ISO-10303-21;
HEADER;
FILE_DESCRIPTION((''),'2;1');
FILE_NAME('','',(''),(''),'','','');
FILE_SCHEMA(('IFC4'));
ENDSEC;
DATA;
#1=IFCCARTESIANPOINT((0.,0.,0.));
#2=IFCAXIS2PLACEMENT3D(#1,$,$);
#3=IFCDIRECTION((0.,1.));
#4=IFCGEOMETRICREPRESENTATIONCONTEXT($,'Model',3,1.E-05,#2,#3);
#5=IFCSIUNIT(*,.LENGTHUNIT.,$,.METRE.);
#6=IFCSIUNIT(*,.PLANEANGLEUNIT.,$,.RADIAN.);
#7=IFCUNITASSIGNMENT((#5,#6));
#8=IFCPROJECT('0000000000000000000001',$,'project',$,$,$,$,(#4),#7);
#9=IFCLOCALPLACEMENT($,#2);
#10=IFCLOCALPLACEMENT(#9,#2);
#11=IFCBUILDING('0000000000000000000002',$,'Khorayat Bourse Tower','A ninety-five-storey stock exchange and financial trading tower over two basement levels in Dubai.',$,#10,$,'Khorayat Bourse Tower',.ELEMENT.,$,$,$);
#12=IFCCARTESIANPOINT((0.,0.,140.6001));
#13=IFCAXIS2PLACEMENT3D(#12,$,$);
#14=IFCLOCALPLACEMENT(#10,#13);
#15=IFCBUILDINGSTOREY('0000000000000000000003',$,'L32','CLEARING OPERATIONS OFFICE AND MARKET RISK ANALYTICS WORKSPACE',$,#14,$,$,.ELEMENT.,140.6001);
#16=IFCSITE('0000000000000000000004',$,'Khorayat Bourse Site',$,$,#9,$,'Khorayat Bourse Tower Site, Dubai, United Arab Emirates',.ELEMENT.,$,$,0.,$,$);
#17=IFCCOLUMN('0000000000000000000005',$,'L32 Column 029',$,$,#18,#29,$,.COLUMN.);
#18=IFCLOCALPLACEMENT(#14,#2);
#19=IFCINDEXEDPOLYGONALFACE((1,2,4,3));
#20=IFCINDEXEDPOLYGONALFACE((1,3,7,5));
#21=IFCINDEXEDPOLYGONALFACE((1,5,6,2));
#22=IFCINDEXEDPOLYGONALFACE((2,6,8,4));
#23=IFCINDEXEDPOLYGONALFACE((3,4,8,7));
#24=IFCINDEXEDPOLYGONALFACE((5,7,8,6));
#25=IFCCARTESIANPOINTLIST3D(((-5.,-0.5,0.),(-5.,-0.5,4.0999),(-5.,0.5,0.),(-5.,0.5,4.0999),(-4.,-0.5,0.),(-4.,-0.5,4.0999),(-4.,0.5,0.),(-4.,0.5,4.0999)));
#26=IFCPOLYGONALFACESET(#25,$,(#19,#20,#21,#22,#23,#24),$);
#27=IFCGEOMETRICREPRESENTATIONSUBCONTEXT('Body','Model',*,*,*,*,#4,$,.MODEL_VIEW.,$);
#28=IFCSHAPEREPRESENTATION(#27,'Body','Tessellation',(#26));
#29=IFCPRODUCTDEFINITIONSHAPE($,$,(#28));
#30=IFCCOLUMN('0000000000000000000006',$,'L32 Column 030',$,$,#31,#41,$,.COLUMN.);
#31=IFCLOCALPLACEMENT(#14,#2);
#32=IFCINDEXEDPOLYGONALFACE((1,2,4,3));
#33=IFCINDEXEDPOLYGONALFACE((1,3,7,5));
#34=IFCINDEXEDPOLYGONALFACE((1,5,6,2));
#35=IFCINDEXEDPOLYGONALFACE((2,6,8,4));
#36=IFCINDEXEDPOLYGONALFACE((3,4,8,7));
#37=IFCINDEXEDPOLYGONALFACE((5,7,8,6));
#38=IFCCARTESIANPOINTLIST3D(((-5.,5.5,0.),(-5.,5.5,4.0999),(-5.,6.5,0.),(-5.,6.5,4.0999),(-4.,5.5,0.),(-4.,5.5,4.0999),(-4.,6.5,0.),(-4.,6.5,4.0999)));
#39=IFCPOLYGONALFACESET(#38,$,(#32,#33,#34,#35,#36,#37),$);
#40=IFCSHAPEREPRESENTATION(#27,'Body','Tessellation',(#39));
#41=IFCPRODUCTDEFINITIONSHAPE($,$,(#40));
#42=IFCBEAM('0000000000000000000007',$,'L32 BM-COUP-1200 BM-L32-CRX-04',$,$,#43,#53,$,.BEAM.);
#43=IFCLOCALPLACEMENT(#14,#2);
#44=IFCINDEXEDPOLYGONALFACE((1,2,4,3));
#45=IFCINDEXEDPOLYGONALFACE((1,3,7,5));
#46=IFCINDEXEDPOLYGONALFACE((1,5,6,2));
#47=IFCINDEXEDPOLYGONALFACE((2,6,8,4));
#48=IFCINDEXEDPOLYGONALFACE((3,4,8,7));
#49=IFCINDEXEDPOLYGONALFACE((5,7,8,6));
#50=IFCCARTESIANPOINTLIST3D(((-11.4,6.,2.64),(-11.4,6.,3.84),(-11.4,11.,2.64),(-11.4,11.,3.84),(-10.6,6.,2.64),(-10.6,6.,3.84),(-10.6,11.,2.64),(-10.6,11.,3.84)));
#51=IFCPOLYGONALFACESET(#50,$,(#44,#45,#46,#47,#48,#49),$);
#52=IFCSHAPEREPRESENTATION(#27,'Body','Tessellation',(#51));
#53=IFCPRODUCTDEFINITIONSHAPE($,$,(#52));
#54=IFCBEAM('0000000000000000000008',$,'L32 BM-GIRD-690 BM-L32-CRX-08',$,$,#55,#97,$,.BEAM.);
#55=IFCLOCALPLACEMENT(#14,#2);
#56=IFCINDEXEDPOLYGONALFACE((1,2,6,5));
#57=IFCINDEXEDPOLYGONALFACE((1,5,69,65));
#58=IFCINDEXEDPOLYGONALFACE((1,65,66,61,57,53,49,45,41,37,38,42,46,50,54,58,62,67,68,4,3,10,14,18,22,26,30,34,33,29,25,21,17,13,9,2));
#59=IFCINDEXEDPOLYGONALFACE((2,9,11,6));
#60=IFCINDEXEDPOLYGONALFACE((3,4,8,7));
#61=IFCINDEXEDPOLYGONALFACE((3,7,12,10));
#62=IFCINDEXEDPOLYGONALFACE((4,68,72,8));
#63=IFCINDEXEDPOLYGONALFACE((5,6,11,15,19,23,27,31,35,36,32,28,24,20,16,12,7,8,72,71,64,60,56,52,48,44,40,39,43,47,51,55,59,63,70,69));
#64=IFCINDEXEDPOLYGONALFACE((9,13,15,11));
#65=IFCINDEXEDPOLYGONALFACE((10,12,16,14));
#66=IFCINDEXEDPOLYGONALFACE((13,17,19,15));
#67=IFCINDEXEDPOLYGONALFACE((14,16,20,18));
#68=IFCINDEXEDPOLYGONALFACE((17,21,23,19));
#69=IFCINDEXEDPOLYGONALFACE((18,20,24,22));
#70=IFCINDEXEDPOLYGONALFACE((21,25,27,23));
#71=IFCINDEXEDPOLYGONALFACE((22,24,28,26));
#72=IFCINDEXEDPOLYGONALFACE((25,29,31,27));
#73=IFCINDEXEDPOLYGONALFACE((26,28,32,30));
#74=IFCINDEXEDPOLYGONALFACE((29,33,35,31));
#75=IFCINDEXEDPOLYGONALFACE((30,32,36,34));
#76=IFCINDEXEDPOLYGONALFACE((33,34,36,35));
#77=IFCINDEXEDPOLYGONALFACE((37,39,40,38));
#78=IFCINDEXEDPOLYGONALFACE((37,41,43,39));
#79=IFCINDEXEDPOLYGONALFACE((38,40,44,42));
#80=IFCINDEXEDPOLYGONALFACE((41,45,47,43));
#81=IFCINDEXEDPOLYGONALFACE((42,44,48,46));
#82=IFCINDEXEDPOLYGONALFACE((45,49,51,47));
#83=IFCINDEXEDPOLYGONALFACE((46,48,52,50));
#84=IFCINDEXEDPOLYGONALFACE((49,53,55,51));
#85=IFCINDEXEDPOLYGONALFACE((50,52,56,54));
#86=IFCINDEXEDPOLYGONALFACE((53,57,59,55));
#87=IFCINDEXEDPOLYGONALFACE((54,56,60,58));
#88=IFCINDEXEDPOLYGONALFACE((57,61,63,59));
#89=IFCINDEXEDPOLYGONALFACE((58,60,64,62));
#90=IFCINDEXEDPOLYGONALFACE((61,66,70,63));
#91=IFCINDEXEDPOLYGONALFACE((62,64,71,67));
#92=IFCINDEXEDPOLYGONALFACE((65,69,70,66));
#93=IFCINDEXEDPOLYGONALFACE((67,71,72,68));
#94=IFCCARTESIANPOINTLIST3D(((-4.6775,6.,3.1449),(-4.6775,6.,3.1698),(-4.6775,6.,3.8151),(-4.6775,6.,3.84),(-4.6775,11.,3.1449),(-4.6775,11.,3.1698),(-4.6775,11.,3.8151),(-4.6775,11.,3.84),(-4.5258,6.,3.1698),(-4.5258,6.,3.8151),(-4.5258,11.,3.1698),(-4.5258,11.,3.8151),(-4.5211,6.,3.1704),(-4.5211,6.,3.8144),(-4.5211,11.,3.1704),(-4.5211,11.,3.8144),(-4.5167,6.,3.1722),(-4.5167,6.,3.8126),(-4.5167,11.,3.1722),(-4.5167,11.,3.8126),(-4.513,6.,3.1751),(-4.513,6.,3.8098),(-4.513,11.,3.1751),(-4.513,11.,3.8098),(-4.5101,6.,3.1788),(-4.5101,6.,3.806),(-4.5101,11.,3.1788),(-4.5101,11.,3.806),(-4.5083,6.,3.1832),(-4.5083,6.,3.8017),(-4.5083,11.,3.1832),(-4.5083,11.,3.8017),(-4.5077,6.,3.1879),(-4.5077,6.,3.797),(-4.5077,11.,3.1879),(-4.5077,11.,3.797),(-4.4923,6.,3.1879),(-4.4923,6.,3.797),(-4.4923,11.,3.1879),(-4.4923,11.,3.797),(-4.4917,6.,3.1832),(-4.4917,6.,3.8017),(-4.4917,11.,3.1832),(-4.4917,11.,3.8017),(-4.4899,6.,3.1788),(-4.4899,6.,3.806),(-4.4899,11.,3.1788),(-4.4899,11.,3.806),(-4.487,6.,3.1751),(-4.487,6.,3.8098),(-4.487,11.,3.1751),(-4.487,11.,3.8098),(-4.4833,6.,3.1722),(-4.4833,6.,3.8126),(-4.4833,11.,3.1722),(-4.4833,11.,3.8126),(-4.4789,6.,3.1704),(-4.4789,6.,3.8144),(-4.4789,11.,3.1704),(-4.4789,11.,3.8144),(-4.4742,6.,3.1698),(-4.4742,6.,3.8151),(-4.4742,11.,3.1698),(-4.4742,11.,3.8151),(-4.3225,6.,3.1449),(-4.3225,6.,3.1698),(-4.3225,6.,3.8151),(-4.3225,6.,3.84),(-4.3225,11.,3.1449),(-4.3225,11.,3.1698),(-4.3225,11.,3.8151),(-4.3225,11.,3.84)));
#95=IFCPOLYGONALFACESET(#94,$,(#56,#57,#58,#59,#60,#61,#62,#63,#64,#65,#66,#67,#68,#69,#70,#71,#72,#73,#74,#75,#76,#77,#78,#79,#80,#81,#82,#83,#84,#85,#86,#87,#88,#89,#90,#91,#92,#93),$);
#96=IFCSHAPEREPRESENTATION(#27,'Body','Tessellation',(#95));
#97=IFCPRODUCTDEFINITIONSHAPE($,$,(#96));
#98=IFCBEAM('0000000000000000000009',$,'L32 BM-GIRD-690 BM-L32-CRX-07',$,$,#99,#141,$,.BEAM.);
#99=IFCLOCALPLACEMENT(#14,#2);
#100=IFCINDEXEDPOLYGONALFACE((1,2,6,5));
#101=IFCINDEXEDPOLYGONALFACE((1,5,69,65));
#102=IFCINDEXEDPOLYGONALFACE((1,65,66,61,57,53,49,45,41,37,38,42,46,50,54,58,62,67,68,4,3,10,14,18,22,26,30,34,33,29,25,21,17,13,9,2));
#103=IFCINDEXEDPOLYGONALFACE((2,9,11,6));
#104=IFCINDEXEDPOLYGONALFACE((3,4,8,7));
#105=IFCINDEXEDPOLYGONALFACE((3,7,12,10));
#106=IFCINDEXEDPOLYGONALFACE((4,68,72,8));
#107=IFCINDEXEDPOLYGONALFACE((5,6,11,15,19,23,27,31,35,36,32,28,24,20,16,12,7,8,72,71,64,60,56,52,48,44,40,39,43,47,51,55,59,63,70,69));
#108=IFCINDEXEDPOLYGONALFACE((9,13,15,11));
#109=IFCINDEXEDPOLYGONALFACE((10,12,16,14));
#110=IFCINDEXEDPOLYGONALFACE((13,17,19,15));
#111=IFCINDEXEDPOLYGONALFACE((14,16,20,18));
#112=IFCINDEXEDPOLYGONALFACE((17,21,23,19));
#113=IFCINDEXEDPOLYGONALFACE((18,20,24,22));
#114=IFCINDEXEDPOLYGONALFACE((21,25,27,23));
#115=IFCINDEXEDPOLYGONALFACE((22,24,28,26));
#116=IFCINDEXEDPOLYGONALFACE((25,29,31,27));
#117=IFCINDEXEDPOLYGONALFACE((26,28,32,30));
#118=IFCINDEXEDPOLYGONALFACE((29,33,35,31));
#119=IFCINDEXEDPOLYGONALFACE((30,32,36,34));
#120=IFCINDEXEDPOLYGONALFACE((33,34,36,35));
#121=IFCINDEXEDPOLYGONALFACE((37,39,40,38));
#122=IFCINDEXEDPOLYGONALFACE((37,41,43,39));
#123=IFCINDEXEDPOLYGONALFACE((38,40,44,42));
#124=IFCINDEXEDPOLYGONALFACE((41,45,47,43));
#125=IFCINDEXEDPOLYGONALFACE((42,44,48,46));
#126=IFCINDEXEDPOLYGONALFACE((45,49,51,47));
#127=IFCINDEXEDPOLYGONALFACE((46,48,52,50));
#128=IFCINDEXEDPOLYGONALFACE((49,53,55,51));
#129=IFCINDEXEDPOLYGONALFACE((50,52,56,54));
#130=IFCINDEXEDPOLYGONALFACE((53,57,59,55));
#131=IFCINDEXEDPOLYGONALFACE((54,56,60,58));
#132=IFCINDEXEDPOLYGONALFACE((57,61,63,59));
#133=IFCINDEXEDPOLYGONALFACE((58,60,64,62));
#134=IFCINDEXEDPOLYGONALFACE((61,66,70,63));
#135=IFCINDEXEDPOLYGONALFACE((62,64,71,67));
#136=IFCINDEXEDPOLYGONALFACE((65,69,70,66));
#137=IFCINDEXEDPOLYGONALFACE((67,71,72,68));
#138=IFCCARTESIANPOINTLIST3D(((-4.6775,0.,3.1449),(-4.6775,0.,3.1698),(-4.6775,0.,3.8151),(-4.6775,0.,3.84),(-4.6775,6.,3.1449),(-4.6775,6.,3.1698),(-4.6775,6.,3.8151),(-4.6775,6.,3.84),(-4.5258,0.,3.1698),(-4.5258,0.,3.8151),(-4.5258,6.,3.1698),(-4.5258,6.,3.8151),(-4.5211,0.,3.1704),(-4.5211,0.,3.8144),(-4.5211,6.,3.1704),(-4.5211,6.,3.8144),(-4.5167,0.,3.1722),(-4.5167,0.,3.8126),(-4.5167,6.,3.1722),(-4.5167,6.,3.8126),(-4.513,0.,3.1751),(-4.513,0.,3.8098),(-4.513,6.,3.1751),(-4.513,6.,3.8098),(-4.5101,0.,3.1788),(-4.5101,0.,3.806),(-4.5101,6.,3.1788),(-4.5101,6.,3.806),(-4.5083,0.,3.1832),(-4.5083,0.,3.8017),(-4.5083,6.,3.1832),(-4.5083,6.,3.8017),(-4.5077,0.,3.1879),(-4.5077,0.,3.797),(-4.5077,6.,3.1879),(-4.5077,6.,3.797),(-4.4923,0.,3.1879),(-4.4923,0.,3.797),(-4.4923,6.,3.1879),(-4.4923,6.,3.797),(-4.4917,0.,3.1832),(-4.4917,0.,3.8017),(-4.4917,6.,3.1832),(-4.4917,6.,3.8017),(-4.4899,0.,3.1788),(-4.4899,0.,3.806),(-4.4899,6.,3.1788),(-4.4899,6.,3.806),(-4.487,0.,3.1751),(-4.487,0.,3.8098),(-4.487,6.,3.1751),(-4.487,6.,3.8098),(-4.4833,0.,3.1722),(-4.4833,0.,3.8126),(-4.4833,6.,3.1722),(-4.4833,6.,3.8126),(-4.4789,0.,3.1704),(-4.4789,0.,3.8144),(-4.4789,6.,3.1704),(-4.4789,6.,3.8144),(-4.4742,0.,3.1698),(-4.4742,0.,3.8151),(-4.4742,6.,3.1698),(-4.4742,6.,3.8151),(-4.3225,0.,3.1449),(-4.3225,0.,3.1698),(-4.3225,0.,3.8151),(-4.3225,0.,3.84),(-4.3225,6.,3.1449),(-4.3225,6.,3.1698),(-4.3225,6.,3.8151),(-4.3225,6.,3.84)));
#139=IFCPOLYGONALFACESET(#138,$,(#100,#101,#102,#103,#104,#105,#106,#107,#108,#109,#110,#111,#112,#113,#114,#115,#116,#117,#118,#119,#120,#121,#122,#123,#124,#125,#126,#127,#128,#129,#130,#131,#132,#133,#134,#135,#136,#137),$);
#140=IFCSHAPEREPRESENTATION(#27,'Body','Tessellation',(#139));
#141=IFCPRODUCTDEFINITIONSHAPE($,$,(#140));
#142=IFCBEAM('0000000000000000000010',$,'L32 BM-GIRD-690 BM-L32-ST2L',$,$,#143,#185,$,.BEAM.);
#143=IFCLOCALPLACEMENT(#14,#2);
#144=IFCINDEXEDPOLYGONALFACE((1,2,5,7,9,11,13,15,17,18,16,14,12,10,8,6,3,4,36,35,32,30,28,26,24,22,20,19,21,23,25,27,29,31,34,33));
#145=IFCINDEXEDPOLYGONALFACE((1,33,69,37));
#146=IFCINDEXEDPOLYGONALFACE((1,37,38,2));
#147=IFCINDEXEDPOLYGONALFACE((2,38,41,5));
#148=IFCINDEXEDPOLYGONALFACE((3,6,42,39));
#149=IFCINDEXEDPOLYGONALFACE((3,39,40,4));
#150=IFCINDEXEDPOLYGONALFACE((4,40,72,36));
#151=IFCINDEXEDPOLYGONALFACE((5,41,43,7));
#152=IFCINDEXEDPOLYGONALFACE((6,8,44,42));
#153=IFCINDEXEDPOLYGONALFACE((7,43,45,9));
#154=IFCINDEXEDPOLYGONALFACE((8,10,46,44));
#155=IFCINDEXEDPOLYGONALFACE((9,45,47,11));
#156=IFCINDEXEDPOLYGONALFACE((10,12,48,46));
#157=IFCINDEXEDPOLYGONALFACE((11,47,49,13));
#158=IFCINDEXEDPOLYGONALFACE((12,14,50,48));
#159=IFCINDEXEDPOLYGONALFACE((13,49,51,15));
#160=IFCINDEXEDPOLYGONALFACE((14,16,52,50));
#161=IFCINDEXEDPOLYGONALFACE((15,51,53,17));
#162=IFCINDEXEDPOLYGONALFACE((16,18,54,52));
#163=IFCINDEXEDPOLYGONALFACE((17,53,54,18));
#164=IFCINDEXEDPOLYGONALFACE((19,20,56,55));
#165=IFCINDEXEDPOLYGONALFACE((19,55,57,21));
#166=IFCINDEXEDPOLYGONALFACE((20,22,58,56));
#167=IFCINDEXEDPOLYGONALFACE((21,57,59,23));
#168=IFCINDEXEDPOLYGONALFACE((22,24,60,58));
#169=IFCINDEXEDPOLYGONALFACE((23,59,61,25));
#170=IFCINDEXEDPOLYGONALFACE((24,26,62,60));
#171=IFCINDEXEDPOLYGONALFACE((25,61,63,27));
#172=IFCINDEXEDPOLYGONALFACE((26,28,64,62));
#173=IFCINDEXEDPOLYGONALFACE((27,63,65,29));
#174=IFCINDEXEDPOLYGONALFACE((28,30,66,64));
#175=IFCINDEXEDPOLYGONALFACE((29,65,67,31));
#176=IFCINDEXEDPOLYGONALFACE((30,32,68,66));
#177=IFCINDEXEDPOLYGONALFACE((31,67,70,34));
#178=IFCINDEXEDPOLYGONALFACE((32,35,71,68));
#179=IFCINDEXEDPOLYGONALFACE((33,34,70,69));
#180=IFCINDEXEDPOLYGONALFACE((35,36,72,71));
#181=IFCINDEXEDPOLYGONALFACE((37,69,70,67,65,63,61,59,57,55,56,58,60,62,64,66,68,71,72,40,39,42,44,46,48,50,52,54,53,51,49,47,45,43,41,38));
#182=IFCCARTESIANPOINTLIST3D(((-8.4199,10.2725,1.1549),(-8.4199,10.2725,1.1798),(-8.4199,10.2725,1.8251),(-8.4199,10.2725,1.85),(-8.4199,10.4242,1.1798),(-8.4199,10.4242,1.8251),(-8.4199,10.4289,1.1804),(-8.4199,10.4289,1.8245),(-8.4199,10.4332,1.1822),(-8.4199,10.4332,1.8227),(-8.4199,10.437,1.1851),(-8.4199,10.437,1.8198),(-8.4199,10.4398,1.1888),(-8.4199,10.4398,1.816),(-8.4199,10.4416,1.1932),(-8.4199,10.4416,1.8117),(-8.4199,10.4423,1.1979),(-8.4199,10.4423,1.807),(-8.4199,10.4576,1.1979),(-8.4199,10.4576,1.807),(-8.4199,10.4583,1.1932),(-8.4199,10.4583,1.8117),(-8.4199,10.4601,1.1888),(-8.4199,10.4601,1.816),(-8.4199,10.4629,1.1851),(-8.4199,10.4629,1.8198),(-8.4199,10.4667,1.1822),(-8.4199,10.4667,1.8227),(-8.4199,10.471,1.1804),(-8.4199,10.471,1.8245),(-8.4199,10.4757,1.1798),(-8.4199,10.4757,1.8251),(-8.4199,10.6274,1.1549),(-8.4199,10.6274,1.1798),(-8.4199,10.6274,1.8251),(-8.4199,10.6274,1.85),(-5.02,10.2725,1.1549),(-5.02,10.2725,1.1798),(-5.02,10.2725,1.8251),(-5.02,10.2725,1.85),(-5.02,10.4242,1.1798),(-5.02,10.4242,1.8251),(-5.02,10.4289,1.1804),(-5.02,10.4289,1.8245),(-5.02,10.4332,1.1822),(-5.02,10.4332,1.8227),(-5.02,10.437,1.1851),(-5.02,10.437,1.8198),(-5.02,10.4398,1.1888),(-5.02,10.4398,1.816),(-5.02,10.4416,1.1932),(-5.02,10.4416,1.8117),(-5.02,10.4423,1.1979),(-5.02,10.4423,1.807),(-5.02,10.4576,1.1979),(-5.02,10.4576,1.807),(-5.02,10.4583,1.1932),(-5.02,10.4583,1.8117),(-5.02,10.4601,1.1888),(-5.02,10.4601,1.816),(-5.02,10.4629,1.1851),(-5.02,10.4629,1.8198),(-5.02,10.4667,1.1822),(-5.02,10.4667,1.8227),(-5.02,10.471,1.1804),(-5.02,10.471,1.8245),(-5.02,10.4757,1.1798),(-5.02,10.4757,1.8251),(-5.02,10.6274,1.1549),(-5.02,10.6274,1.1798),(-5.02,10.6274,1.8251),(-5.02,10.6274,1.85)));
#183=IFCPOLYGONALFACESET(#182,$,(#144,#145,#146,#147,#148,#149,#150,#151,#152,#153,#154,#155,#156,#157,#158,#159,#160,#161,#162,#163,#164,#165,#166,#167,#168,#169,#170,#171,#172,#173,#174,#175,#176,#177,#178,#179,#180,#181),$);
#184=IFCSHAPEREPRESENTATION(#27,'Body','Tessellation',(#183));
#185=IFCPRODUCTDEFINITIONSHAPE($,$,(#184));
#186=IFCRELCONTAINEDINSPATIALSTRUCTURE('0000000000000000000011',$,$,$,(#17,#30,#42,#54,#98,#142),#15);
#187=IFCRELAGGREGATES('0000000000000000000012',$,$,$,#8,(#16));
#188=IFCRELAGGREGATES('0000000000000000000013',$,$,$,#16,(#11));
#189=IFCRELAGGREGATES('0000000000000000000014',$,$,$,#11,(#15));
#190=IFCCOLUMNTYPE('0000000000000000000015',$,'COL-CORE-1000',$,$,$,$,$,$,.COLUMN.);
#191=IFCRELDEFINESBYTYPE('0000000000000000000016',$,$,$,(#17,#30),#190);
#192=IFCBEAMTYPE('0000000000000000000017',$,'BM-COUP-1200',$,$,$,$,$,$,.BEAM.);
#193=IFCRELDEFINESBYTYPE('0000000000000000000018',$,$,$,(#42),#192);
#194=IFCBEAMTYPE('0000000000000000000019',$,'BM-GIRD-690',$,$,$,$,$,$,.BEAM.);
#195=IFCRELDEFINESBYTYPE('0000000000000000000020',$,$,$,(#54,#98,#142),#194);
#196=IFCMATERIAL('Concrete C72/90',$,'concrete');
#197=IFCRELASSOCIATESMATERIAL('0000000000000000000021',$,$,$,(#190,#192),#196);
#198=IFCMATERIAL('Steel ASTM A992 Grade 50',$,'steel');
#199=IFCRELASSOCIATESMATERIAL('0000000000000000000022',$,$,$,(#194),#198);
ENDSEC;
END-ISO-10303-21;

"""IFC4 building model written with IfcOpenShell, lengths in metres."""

from ifc_helpers import new_model, si_unit, direction, frame, origin, origin_2d, place, context, subcontext, project, spatial, rectangle, i_section, extrude, source, transform, mapped, material, material_profile, profile_set, type_object, element, save


model = new_model("IFC4")

# Units and contexts
model_context = context("Model", 3, precision=1e-05, world=origin(), true_north=direction((0.0, 1.0)))
body_context = subcontext(model_context, "Body", "Model", "MODEL_VIEW")
ifc_project = project(units=[si_unit("LENGTHUNIT", "METRE"), si_unit("PLANEANGLEUNIT", "RADIAN")], contexts=[model_context])

# Site, building, storey
site_placement = place(None, origin())
site = spatial("IfcSite", under=ifc_project, at=site_placement, Name="Khorayat Bourse Site", LongName="Khorayat Bourse Tower Site, Dubai, United Arab Emirates", CompositionType="ELEMENT", RefElevation=0.0)
building_placement = place(site_placement, origin())
building = spatial("IfcBuilding", under=site, at=building_placement, Name="Khorayat Bourse Tower", Description="A ninety-five-storey stock exchange and financial trading tower over two basement levels in Dubai.", LongName="Khorayat Bourse Tower", CompositionType="ELEMENT")
storey_placement = place(building_placement, frame((0.0, 0.0, 140.6001)))
storey = spatial("IfcBuildingStorey", under=building, at=storey_placement, Name="L32", Description="CLEARING OPERATIONS OFFICE AND MARKET RISK ANALYTICS WORKSPACE", CompositionType="ELEMENT", Elevation=140.6001)

# Columns
ifc_material_1 = material(Name="Concrete C72/90", Category="concrete")
ifc_material_profile_1 = material_profile(ifc_material_1, rectangle(XDim=1.0, YDim=1.0, at=origin_2d()), Name="RC 1000x1000")
ifc_profile_set_1 = profile_set([ifc_material_profile_1], Name="Concrete C72/90")
column_type = type_object("IfcColumnType", Name="COL-CORE-1000", PredefinedType="COLUMN", material=ifc_profile_set_1)
shared_shape_1 = source(origin(), body_context, "Body", "SweptSolid", [
    extrude(rectangle(XDim=1.0, YDim=1.0, at=origin_2d()), origin(), (0.0, 0.0, 1.0), 4.0999),
])
for number, where, z_axis, x_axis, name in (
    (1, (-4.5, 0.0, 0.0), (0.0, 0.0, 1.0), (1.0, 0.0, 0.0), "L32 Column 029"),
    (2, (-4.5, 6.0, 0.0), (0.0, 0.0, 1.0), (1.0, 0.0, 0.0), "L32 Column 030"),
):
    element("IfcColumn", number, at=place(storey_placement, frame(where, z_axis=z_axis, x_axis=x_axis)), inside=storey, type_object=column_type, Name=name, PredefinedType="COLUMN", context=body_context, shape_type="MappedRepresentation", body=[
        mapped(shared_shape_1, transform((0.0, 0.0, 0.0), scale=1.0)),
    ])

# Beams
ifc_material_profile_2 = material_profile(ifc_material_1, rectangle(XDim=0.8, YDim=1.2, at=origin_2d()), Name="RC 800x1200")
ifc_profile_set_2 = profile_set([ifc_material_profile_2], Name="Concrete C72/90")
beam_type_1 = type_object("IfcBeamType", Name="BM-COUP-1200", PredefinedType="BEAM", material=ifc_profile_set_2)
shared_shape_2 = source(origin(), body_context, "Body", "SweptSolid", [
    extrude(rectangle(XDim=0.8, YDim=1.2, at=origin_2d()), origin(), (0.0, 0.0, 1.0), 5.0),
])
beam_1_placement = place(storey_placement, frame((-11.0, 6.0, 3.24), z_axis=(0.0, 1.0, 0.0), x_axis=(-1.0, 0.0, 0.0)))
element("IfcBeam", 3, at=beam_1_placement, inside=storey, type_object=beam_type_1, Name="L32 BM-COUP-1200 BM-L32-CRX-04", PredefinedType="BEAM", context=body_context, shape_type="MappedRepresentation", body=[
    mapped(shared_shape_2, transform((0.0, 0.0, 0.0), scale=1.0)),
])
ifc_material_2 = material(Name="Steel ASTM A992 Grade 50", Category="steel")
ifc_material_profile_3 = material_profile(ifc_material_2, i_section(OverallWidth=0.355, OverallDepth=0.6951, WebThickness=0.0154, FlangeThickness=0.0249, FilletRadius=0.0181, at=origin_2d()), Name="W690X217")
ifc_profile_set_3 = profile_set([ifc_material_profile_3], Name="Steel ASTM A992 Grade 50")
beam_type_2 = type_object("IfcBeamType", Name="BM-GIRD-690", PredefinedType="BEAM", material=ifc_profile_set_3)
shared_shape_3 = source(origin(), body_context, "Body", "SweptSolid", [
    extrude(i_section(OverallWidth=0.355, OverallDepth=0.6951, WebThickness=0.0154, FlangeThickness=0.0249, FilletRadius=0.0181, at=origin_2d()), origin(), (0.0, 0.0, 1.0), 5.0),
])
beam_2_placement = place(storey_placement, frame((-4.5, 6.0, 3.4924), z_axis=(0.0, 1.0, 0.0), x_axis=(-1.0, 0.0, 0.0)))
element("IfcBeam", 4, at=beam_2_placement, inside=storey, type_object=beam_type_2, Name="L32 BM-GIRD-690 BM-L32-CRX-08", PredefinedType="BEAM", context=body_context, shape_type="MappedRepresentation", body=[
    mapped(shared_shape_3, transform((0.0, 0.0, 0.0), scale=1.0)),
])
shared_shape_4 = source(origin(), body_context, "Body", "SweptSolid", [
    extrude(i_section(OverallWidth=0.355, OverallDepth=0.6951, WebThickness=0.0154, FlangeThickness=0.0249, FilletRadius=0.0181, at=origin_2d()), origin(), (0.0, 0.0, 1.0), 6.0),
])
beam_3_placement = place(storey_placement, frame((-4.5, 0.0, 3.4924), z_axis=(0.0, 1.0, 0.0), x_axis=(-1.0, 0.0, 0.0)))
element("IfcBeam", 5, at=beam_3_placement, inside=storey, type_object=beam_type_2, Name="L32 BM-GIRD-690 BM-L32-CRX-07", PredefinedType="BEAM", context=body_context, shape_type="MappedRepresentation", body=[
    mapped(shared_shape_4, transform((0.0, 0.0, 0.0), scale=1.0)),
])
shared_shape_5 = source(origin(), body_context, "Body", "SweptSolid", [
    extrude(i_section(OverallWidth=0.355, OverallDepth=0.6951, WebThickness=0.0154, FlangeThickness=0.0249, FilletRadius=0.0181, at=origin_2d()), origin(), (0.0, 0.0, 1.0), 3.3999),
])
beam_4_placement = place(storey_placement, frame((-8.4199, 10.45, 1.5024), z_axis=(1.0, 0.0, 0.0), x_axis=(0.0, 1.0, 0.0)))
element("IfcBeam", 6, at=beam_4_placement, inside=storey, type_object=beam_type_2, Name="L32 BM-GIRD-690 BM-L32-ST2L", PredefinedType="BEAM", context=body_context, shape_type="MappedRepresentation", body=[
    mapped(shared_shape_5, transform((0.0, 0.0, 0.0), scale=1.0)),
])

save(model, "model.ifc")
